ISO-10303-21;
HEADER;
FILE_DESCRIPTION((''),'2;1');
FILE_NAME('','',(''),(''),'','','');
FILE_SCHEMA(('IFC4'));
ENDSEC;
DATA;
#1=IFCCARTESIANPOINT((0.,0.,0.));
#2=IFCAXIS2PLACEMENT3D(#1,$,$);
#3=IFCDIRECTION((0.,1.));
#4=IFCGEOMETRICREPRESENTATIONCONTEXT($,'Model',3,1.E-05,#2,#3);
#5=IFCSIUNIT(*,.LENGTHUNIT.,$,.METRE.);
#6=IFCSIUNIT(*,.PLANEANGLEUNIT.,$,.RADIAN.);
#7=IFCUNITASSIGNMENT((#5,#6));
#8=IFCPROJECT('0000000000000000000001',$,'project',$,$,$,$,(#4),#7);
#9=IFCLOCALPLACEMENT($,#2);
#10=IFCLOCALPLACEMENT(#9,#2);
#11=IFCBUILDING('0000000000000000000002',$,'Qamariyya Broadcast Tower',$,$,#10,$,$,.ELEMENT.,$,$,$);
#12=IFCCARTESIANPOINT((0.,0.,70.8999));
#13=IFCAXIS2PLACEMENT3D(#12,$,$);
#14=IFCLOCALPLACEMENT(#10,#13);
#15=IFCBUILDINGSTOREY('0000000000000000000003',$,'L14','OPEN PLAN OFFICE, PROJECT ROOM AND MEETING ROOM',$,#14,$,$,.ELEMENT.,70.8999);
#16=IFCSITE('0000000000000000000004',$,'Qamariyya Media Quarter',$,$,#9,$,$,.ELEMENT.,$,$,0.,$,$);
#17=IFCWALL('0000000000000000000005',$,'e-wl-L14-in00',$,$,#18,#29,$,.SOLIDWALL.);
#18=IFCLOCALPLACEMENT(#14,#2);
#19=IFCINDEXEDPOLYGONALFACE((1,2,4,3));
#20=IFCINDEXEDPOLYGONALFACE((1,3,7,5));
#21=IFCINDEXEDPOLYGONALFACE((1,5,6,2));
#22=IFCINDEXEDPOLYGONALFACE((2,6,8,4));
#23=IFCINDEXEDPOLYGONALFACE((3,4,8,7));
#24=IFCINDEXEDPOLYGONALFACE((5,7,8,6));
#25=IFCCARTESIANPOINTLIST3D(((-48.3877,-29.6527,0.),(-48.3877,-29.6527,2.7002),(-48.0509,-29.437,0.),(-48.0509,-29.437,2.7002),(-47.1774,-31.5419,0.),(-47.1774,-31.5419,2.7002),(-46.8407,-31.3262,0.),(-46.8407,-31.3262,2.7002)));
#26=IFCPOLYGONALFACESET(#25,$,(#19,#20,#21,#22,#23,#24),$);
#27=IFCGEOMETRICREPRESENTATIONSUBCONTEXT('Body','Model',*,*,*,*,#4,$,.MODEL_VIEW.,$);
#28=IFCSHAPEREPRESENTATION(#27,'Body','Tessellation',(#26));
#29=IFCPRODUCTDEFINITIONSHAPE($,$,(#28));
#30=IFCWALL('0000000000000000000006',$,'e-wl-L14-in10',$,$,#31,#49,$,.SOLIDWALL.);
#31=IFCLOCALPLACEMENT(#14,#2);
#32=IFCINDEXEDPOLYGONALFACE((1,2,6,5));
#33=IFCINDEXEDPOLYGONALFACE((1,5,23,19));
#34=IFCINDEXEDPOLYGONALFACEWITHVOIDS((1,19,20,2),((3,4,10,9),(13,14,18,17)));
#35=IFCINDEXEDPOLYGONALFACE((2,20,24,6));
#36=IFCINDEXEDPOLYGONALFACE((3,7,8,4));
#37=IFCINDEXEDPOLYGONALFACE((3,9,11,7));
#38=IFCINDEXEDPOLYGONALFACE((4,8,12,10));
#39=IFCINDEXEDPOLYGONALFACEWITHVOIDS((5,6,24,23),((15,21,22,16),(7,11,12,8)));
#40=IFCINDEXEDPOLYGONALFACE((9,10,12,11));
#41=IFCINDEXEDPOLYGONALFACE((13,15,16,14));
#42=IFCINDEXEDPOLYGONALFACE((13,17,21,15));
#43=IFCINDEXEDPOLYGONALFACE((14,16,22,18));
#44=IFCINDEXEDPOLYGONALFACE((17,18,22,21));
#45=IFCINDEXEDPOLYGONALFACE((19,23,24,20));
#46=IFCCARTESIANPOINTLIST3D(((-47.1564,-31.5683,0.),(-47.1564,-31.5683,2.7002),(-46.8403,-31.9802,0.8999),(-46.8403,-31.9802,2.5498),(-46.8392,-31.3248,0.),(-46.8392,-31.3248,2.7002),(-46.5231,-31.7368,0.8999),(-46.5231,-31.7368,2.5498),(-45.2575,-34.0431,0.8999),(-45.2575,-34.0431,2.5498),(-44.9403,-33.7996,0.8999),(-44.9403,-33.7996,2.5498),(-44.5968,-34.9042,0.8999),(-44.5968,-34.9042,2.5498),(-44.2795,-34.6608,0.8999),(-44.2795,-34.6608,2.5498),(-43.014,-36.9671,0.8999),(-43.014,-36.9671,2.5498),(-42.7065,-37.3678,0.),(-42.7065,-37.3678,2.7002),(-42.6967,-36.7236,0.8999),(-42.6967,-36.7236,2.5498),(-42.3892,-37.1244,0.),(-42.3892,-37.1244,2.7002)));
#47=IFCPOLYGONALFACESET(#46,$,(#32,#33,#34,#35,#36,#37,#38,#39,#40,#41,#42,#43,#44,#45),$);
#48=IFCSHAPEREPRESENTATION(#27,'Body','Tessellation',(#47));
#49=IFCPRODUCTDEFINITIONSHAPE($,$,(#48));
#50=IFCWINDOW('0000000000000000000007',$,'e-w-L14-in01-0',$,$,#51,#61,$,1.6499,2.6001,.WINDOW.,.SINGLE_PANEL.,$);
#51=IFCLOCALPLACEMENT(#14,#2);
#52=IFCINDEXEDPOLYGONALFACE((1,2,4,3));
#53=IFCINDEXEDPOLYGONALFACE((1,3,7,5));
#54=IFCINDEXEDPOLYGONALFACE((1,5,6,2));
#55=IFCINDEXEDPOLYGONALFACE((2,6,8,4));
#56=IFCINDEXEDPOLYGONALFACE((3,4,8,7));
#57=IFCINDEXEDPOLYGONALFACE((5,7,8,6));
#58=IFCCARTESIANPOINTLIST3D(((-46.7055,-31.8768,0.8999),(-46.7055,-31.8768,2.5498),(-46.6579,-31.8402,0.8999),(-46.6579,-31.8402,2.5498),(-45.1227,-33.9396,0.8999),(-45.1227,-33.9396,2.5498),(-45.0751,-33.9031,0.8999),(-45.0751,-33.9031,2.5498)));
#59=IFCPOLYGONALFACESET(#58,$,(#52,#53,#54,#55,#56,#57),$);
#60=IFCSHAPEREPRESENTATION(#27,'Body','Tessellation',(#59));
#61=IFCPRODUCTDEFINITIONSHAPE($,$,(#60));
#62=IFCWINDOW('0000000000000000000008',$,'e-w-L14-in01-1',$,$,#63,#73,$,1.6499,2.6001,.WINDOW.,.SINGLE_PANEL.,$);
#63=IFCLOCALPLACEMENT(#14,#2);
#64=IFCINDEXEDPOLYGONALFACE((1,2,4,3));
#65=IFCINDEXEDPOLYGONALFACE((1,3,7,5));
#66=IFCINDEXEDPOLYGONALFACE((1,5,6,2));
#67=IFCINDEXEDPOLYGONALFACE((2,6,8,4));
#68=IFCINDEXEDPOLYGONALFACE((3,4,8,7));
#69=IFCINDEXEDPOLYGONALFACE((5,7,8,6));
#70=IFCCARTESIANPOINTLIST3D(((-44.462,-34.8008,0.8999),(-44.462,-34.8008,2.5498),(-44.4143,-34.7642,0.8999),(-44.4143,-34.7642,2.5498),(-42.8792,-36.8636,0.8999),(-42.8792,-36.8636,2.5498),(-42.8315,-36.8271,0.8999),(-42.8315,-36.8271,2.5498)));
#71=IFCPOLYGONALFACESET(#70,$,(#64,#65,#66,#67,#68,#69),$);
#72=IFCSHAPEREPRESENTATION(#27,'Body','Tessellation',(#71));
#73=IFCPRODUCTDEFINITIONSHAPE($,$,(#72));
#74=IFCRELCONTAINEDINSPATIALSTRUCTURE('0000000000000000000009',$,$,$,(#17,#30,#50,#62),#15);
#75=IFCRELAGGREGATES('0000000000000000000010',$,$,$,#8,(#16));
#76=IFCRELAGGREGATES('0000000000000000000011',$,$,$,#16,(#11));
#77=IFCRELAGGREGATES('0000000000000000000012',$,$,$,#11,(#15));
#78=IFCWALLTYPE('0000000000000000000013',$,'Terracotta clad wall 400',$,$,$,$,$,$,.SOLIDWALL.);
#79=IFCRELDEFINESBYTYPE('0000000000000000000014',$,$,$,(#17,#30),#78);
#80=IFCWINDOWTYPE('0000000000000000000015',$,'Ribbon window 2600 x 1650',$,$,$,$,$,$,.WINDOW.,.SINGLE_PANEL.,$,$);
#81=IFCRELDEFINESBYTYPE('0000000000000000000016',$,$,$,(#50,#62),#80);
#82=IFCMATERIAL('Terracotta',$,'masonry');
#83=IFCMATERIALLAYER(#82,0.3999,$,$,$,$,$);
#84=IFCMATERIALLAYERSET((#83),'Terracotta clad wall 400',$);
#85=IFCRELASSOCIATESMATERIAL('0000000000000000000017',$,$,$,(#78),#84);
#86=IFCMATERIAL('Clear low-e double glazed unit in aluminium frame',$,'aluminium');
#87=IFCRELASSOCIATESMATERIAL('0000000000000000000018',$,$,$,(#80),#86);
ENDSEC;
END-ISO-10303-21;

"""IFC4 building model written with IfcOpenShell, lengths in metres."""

from ifc_helpers import new_model, si_unit, direction, frame, frame_2d, origin, place, context, subcontext, project, spatial, rectangle, extrude, material, layer, layer_set, type_object, element, fill, save


model = new_model("IFC4")

# Units and contexts
model_context = context("Model", 3, precision=1e-05, world=origin(), true_north=direction((0.0, 1.0)))
body_context = subcontext(model_context, "Body", "Model", "MODEL_VIEW")
ifc_project = project(units=[si_unit("LENGTHUNIT", "METRE"), si_unit("PLANEANGLEUNIT", "RADIAN")], contexts=[model_context])

# Site, building, storey
site_placement = place(None, origin())
site = spatial("IfcSite", under=ifc_project, at=site_placement, Name="Qamariyya Media Quarter", CompositionType="ELEMENT", RefElevation=0.0)
building_placement = place(site_placement, origin())
building = spatial("IfcBuilding", under=site, at=building_placement, Name="Qamariyya Broadcast Tower", CompositionType="ELEMENT")
storey_placement = place(building_placement, frame((0.0, 0.0, 70.8999)))
storey = spatial("IfcBuildingStorey", under=building, at=storey_placement, Name="L14", Description="OPEN PLAN OFFICE, PROJECT ROOM AND MEETING ROOM", CompositionType="ELEMENT", Elevation=70.8999)

# Wall
ifc_material_1 = material(Name="Terracotta", Category="masonry")
ifc_layer_1 = layer(ifc_material_1, 0.3999)
ifc_layer_set_1 = layer_set([ifc_layer_1], Name="Terracotta clad wall 400")
wall_type_1 = type_object("IfcWallType", Name="Terracotta clad wall 400", PredefinedType="SOLIDWALL", material=ifc_layer_set_1)
wall_1_placement = place(storey_placement, frame((-47.009, -31.4341, 0.0), z_axis=(0.0, 0.0, 1.0), x_axis=(-0.539415, 0.84204, 0.0)))
element("IfcWall", 1, at=wall_1_placement, inside=storey, type_object=wall_type_1, Name="e-wl-L14-in00", PredefinedType="SOLIDWALL", context=body_context, shape_type="SweptSolid", body=[
    extrude(rectangle(XDim=2.2437, YDim=0.3999, at=frame_2d((1.1218, 0.0))), origin(), (0.0, 0.0, 1.0), 2.7002),
])

# Wall, openings, windows
wall_2_placement = place(storey_placement, frame((-42.5479, -37.2461, 0.0), z_axis=(0.0, 0.0, 1.0), x_axis=(-0.608744, 0.793367, 0.0)))
wall_2 = element("IfcWall", 2, at=wall_2_placement, inside=storey, type_object=wall_type_1, Name="e-wl-L14-in10", PredefinedType="SOLIDWALL", context=body_context, shape_type="SweptSolid", body=[
    extrude(rectangle(XDim=7.3101, YDim=0.3999, at=frame_2d((3.655, 0.0))), origin(), (0.0, 0.0, 1.0), 2.7002),
])
opening_1_placement = place(wall_2_placement, frame((4.1907, 0.0, 0.8999)))
opening_1 = element("IfcOpeningElement", 3, at=opening_1_placement, cuts=wall_2, PredefinedType="OPENING", context=body_context, shape_type="SweptSolid", body=[
    extrude(rectangle(XDim=2.6001, YDim=1.6499, at=frame_2d((1.3, 0.825))), frame((0.0, 0.21, 0.0), z_axis=(0.0, -1.0, 0.0), x_axis=(1.0, 0.0, 0.0)), (0.0, 0.0, 1.0), 0.4199),
])
opening_2_placement = place(wall_2_placement, frame((0.5051, 0.0, 0.8999)))
opening_2 = element("IfcOpeningElement", 4, at=opening_2_placement, cuts=wall_2, PredefinedType="OPENING", context=body_context, shape_type="SweptSolid", body=[
    extrude(rectangle(XDim=2.6001, YDim=1.6499, at=frame_2d((1.3, 0.825))), frame((0.0, 0.21, 0.0), z_axis=(0.0, -1.0, 0.0), x_axis=(1.0, 0.0, 0.0)), (0.0, 0.0, 1.0), 0.4199),
])
ifc_material_2 = material(Name="Clear low-e double glazed unit in aluminium frame", Category="aluminium")
window_type = type_object("IfcWindowType", Name="Ribbon window 2600 x 1650", PartitioningType="SINGLE_PANEL", PredefinedType="WINDOW", material=ifc_material_2)
window_1_placement = place(opening_1_placement, origin())
window_1 = element("IfcWindow", 5, at=window_1_placement, inside=storey, type_object=window_type, Name="e-w-L14-in01-0", OverallHeight=1.6499, OverallWidth=2.6001, PartitioningType="SINGLE_PANEL", PredefinedType="WINDOW", context=body_context, shape_type="SweptSolid", body=[
    extrude(rectangle(XDim=2.6001, YDim=1.6499, at=frame_2d((1.3, 0.825))), frame((0.0, 0.03, 0.0), z_axis=(0.0, -1.0, 0.0), x_axis=(1.0, 0.0, 0.0)), (0.0, 0.0, 1.0), 0.0601),
])
fill(opening_1, window_1)
window_2_placement = place(opening_2_placement, origin())
window_2 = element("IfcWindow", 6, at=window_2_placement, inside=storey, type_object=window_type, Name="e-w-L14-in01-1", OverallHeight=1.6499, OverallWidth=2.6001, PartitioningType="SINGLE_PANEL", PredefinedType="WINDOW", context=body_context, shape_type="SweptSolid", body=[
    extrude(rectangle(XDim=2.6001, YDim=1.6499, at=frame_2d((1.3, 0.825))), frame((0.0, 0.03, 0.0), z_axis=(0.0, -1.0, 0.0), x_axis=(1.0, 0.0, 0.0)), (0.0, 0.0, 1.0), 0.0601),
])
fill(opening_2, window_2)

save(model, "model.ifc")
